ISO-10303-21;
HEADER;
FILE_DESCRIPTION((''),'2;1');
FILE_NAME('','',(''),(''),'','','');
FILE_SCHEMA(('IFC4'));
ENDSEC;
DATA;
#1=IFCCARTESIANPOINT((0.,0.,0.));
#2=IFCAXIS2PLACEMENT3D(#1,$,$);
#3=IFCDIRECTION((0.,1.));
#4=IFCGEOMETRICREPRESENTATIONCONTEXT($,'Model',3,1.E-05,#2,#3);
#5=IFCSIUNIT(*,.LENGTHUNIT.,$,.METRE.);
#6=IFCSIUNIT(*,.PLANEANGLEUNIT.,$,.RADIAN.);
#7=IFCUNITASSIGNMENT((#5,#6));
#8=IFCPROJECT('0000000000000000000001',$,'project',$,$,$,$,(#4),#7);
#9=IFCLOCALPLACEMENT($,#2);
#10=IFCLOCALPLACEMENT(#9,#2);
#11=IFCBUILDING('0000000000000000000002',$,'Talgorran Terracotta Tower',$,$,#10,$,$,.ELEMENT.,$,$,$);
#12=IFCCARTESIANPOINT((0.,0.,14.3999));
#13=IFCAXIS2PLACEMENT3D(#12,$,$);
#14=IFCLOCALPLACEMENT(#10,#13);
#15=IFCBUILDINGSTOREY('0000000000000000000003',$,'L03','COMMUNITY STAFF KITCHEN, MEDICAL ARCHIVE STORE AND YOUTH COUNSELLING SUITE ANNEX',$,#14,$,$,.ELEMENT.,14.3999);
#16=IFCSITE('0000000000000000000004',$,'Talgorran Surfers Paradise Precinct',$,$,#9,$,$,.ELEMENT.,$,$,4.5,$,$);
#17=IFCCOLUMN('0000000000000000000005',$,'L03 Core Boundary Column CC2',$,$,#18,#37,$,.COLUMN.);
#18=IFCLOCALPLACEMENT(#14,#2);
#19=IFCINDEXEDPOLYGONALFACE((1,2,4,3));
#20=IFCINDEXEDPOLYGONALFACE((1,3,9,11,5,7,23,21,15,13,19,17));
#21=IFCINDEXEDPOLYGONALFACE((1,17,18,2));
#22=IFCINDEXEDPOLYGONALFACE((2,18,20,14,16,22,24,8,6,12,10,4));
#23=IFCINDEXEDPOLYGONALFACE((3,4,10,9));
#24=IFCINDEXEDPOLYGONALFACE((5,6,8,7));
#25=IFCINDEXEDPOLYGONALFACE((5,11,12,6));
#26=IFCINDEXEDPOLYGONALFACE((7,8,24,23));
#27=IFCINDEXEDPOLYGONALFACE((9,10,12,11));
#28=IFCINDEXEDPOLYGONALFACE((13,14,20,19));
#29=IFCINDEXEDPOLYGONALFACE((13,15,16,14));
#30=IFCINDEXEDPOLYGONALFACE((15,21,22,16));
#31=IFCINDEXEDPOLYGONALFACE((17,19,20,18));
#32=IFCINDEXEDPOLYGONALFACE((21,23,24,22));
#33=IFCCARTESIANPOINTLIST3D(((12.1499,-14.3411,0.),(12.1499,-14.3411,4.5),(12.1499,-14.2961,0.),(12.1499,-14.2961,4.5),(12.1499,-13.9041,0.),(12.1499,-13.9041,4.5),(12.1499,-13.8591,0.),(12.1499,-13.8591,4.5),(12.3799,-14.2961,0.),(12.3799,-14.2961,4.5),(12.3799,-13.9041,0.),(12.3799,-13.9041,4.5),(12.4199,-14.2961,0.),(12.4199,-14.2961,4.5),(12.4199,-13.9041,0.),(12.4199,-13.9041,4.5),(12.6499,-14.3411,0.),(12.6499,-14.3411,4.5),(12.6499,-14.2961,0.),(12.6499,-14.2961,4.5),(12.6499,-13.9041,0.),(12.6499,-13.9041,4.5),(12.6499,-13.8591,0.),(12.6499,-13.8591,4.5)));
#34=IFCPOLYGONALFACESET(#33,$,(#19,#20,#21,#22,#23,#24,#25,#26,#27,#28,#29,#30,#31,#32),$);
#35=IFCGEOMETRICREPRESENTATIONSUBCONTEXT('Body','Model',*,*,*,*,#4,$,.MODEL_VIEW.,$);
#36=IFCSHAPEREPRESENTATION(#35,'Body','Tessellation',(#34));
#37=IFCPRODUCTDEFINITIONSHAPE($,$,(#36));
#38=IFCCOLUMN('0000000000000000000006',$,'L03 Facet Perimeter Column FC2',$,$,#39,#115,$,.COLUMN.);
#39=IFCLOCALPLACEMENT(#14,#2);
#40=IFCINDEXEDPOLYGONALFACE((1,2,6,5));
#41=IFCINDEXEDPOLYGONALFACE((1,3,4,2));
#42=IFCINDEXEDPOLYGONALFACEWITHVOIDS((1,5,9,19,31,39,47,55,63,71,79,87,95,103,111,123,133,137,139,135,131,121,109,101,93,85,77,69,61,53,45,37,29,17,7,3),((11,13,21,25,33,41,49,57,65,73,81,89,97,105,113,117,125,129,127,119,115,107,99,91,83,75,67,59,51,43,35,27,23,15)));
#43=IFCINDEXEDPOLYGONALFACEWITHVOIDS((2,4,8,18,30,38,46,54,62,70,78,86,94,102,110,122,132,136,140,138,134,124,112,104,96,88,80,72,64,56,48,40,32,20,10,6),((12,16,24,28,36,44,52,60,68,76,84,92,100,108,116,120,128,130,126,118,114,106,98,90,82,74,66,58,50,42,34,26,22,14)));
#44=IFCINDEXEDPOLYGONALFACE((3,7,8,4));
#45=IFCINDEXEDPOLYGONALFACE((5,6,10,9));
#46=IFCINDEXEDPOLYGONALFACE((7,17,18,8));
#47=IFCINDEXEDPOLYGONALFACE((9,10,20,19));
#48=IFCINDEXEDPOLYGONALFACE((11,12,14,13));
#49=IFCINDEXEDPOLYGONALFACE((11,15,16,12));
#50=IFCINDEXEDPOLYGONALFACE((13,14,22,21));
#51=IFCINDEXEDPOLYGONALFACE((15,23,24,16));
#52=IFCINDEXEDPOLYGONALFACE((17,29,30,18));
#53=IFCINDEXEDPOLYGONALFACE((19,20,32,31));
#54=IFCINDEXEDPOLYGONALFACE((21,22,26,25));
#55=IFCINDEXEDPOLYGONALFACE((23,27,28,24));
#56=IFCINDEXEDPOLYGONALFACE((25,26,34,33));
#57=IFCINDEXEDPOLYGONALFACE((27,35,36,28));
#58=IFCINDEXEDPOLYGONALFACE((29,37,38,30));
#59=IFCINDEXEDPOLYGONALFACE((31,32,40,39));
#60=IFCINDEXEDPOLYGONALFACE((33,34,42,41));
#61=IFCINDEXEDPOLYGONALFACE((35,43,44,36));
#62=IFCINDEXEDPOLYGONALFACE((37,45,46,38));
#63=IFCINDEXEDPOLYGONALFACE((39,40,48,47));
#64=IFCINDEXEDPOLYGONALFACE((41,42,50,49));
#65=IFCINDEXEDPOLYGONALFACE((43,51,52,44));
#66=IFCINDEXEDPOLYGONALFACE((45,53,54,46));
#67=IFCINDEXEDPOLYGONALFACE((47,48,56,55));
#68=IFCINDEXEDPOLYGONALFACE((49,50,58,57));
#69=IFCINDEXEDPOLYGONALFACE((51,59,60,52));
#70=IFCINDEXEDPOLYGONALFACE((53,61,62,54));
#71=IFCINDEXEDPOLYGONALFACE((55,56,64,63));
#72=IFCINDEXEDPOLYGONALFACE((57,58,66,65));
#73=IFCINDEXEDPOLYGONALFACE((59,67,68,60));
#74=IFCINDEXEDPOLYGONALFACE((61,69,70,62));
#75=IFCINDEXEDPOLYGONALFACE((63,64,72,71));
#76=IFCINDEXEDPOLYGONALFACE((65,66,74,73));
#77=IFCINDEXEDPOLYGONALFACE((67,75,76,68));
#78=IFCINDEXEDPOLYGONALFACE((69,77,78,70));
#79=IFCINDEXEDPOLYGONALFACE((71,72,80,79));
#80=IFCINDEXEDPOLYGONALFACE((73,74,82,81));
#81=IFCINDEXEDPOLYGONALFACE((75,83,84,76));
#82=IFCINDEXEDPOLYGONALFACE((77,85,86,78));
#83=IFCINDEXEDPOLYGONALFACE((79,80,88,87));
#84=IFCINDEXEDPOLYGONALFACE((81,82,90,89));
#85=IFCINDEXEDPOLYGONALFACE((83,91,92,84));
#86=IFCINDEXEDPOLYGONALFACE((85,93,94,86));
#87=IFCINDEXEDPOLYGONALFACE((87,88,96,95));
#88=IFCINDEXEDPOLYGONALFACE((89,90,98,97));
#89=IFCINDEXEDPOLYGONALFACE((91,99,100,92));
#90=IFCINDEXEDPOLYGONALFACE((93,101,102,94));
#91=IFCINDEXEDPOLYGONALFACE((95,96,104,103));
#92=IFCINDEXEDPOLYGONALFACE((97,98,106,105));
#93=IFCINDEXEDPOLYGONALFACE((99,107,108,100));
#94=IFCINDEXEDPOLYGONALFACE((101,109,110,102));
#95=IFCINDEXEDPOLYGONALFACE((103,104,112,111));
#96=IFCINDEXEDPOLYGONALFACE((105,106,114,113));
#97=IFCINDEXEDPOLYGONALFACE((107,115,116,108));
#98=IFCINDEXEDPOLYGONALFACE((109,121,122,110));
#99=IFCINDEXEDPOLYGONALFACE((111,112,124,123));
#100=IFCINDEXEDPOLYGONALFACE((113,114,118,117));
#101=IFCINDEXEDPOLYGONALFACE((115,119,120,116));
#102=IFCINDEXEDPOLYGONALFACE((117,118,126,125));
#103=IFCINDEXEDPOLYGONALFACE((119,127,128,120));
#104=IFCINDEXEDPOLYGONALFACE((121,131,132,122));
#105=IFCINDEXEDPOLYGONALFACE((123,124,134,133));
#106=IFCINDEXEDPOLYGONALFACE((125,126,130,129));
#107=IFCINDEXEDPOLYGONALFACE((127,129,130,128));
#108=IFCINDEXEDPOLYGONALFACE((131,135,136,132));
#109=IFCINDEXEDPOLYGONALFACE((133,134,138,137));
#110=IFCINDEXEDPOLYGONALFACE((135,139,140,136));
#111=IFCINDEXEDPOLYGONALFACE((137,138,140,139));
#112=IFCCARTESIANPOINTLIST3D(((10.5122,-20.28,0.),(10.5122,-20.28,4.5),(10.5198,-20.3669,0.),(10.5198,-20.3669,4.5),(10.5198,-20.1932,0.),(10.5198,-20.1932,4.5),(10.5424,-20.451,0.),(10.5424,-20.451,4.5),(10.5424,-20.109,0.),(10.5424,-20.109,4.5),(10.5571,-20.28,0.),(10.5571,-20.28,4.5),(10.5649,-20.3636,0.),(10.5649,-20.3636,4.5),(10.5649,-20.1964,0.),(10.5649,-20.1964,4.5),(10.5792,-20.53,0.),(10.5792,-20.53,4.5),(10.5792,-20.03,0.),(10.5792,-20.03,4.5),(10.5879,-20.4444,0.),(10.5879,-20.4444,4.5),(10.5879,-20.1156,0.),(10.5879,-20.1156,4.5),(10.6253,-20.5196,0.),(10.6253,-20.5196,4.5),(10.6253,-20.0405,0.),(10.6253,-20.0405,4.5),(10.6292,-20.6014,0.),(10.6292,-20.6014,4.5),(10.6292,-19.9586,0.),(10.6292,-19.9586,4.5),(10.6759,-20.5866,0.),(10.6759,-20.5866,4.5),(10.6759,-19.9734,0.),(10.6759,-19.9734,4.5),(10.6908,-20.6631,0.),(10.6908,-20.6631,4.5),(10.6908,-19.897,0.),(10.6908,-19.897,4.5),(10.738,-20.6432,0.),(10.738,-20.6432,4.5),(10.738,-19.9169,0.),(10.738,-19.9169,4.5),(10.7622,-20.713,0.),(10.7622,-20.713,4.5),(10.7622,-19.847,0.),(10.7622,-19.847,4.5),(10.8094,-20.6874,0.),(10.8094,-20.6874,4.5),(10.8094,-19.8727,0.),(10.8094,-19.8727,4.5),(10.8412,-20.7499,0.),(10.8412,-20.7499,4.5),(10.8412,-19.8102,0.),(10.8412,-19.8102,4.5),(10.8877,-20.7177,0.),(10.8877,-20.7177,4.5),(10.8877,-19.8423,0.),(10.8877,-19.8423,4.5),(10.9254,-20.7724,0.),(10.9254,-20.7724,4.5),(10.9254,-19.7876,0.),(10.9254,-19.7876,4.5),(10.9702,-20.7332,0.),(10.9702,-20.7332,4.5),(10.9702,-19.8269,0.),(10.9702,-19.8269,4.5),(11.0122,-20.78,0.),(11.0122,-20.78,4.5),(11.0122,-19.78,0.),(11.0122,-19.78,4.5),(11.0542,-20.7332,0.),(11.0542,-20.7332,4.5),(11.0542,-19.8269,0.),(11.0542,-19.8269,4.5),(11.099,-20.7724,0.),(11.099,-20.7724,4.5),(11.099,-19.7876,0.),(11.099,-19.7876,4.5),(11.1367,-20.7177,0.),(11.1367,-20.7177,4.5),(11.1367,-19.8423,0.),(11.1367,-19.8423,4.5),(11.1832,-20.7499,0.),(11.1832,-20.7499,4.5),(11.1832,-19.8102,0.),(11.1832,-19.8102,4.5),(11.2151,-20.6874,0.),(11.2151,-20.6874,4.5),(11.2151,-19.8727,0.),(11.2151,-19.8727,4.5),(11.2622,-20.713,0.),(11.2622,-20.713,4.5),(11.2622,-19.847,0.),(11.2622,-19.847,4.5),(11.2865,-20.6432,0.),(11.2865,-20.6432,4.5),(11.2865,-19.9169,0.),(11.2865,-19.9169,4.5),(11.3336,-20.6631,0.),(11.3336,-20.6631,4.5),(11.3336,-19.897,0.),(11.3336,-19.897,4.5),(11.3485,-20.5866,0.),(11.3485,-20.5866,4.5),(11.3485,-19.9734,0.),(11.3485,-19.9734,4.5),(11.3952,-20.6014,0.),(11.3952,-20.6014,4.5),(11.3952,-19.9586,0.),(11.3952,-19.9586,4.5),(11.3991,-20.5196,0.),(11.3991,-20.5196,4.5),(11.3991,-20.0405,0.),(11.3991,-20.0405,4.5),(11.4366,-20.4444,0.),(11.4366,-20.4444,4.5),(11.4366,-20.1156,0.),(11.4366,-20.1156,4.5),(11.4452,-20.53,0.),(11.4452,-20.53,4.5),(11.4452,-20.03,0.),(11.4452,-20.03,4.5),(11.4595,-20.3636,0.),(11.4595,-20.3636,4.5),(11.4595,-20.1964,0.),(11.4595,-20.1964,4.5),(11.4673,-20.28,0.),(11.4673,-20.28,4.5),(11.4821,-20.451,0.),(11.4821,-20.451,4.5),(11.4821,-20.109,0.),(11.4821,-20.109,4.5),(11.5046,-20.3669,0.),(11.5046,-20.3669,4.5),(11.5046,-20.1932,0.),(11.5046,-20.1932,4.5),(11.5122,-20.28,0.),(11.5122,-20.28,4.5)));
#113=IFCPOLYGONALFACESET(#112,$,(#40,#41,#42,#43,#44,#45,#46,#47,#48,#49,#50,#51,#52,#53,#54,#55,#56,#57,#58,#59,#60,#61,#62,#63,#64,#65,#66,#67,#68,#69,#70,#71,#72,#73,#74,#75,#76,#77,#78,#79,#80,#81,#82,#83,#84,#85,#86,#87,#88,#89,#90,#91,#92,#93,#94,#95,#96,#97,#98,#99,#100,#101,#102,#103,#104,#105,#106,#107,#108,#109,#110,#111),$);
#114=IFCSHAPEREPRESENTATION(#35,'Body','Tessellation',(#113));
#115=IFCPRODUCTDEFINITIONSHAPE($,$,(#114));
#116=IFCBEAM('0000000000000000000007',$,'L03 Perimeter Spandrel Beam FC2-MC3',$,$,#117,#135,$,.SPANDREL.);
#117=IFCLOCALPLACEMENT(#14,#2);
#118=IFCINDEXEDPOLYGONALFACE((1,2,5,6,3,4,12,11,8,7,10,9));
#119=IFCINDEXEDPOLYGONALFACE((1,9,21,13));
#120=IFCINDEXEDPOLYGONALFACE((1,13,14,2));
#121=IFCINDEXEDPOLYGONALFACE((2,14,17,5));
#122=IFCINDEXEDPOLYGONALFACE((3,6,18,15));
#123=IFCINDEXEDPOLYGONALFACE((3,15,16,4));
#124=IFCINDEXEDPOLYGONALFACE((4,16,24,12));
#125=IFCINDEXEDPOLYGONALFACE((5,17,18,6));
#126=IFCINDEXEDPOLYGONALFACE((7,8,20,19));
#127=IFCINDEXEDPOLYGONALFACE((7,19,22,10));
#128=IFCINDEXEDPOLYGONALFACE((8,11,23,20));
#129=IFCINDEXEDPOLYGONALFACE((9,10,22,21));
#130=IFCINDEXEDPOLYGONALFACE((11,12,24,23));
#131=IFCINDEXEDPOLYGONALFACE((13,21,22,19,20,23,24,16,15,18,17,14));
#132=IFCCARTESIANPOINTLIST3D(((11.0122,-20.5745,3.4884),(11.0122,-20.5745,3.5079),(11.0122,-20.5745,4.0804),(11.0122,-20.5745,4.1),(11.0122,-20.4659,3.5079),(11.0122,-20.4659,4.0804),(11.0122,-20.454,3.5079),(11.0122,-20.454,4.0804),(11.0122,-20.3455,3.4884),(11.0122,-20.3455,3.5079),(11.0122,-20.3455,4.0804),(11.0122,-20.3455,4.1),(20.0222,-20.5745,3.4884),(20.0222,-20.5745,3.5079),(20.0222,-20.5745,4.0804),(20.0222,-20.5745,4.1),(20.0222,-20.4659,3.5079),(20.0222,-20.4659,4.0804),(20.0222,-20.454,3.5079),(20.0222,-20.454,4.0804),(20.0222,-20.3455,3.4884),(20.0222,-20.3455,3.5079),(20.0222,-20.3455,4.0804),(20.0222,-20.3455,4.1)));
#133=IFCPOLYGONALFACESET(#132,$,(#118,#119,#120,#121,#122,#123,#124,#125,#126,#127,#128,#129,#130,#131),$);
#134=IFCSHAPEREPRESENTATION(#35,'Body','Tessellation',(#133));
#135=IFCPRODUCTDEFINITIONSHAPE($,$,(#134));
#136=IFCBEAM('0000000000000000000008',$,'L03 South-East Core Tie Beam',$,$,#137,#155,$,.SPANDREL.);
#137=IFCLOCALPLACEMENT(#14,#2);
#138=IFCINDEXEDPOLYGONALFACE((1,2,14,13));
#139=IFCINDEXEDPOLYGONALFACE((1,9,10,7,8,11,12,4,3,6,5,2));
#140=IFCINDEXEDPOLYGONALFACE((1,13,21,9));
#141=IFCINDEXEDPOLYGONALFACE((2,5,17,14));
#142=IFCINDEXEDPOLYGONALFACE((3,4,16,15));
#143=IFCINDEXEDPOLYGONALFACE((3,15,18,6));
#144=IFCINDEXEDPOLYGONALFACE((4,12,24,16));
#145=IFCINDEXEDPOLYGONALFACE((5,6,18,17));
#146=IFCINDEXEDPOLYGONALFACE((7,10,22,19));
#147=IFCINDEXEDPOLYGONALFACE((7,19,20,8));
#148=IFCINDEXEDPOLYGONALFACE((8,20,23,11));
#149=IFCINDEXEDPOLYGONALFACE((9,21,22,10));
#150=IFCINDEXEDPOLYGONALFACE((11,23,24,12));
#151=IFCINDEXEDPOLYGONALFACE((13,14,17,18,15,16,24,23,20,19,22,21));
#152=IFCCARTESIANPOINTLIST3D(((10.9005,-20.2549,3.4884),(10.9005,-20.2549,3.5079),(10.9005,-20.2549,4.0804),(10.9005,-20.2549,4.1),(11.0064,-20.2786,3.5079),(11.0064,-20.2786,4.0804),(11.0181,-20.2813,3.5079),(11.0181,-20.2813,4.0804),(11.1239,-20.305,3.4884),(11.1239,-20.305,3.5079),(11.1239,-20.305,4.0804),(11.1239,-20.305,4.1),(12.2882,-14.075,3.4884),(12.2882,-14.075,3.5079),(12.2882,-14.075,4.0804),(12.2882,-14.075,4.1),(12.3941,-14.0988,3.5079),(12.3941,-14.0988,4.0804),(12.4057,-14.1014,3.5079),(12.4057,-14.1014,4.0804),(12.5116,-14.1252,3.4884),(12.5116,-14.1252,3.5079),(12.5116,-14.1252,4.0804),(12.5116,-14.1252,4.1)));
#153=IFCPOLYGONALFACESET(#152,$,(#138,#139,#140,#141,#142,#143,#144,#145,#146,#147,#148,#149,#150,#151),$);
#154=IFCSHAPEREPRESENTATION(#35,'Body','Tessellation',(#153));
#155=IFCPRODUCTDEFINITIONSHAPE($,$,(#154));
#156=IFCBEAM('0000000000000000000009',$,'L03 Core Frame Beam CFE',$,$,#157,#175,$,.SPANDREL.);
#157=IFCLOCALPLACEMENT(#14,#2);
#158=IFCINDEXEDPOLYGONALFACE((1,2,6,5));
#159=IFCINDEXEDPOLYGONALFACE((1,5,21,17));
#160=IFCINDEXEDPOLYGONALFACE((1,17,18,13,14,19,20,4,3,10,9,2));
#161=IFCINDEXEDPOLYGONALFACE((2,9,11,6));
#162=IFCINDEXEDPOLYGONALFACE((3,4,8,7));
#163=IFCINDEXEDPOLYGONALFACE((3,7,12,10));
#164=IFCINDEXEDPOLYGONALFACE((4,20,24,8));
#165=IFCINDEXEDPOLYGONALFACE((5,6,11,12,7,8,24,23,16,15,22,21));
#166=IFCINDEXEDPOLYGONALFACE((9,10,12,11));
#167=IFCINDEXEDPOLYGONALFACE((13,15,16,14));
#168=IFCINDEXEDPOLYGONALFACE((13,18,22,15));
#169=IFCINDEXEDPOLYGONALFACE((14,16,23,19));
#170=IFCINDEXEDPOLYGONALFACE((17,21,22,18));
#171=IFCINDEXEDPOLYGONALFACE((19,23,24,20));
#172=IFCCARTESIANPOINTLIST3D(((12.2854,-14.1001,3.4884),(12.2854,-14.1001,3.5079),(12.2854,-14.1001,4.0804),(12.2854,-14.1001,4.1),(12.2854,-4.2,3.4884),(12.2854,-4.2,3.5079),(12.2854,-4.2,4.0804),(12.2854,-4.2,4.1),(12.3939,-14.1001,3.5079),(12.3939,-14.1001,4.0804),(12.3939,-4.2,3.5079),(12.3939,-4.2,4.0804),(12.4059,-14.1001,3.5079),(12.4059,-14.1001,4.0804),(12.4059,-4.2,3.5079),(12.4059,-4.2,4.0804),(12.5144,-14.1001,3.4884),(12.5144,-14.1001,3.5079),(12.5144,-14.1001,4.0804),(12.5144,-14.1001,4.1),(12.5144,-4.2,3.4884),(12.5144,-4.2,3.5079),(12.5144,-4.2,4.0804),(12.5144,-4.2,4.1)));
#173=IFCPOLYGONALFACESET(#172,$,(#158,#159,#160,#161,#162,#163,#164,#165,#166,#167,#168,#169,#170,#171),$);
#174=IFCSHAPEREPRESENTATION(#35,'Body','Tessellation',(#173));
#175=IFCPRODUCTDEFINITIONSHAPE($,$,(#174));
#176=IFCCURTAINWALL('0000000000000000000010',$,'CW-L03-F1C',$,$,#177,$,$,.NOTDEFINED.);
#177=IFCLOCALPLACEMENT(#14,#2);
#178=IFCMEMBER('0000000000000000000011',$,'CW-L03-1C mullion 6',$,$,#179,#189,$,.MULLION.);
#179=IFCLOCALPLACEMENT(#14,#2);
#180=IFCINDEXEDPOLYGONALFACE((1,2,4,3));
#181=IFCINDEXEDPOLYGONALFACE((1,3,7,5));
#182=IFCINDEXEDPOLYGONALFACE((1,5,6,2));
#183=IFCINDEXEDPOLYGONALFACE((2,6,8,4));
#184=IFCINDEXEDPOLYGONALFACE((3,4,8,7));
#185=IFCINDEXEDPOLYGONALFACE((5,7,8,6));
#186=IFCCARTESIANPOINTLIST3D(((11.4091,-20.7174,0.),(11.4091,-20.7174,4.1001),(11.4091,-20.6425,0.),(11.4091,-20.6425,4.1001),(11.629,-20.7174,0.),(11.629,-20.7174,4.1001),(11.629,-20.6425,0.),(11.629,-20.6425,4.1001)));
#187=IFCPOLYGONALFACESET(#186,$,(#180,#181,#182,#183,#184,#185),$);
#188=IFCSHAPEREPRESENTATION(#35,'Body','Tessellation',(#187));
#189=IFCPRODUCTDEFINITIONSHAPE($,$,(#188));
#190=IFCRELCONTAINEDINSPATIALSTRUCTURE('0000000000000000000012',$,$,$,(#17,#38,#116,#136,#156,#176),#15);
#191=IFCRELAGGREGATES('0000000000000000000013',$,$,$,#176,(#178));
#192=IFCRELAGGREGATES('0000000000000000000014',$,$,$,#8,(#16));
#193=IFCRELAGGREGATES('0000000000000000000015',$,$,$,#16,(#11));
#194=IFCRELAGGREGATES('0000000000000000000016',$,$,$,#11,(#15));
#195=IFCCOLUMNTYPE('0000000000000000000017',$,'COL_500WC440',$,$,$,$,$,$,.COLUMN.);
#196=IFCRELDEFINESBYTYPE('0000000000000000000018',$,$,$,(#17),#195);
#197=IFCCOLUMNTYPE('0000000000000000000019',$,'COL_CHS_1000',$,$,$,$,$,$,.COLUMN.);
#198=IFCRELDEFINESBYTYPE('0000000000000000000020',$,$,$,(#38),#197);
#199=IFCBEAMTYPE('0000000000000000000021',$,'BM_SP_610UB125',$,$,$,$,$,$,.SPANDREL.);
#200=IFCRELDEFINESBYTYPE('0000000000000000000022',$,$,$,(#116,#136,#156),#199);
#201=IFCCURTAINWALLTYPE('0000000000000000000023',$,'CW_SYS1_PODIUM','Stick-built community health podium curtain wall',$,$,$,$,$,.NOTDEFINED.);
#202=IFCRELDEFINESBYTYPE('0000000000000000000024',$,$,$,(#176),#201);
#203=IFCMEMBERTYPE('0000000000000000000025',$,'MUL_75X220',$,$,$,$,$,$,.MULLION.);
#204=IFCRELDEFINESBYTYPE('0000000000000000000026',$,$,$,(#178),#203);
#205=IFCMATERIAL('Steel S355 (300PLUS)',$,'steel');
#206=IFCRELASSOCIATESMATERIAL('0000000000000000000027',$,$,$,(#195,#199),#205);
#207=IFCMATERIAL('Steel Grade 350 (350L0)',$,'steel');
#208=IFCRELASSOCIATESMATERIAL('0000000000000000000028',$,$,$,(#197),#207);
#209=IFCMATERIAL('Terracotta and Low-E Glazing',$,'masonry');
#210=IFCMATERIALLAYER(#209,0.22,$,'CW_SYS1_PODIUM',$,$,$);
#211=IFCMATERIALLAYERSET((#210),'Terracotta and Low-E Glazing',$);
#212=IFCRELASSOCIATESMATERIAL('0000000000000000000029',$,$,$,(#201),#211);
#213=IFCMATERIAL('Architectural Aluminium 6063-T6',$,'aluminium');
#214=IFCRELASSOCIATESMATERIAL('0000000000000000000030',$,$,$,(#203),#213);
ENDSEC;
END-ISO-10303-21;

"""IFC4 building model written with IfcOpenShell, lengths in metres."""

from ifc_helpers import new_model, si_unit, direction, frame, origin, origin_2d, place, context, subcontext, project, spatial, rectangle, hollow_circle, i_section, extrude, material, layer, layer_set, material_profile, profile_set, type_object, element, aggregate, save


model = new_model("IFC4")

# Units and contexts
model_context = context("Model", 3, precision=1e-05, world=origin(), true_north=direction((0.0, 1.0)))
body_context = subcontext(model_context, "Body", "Model", "MODEL_VIEW")
ifc_project = project(units=[si_unit("LENGTHUNIT", "METRE"), si_unit("PLANEANGLEUNIT", "RADIAN")], contexts=[model_context])

# Site, building, storey
site_placement = place(None, origin())
site = spatial("IfcSite", under=ifc_project, at=site_placement, Name="Talgorran Surfers Paradise Precinct", CompositionType="ELEMENT", RefElevation=4.5)
building_placement = place(site_placement, origin())
building = spatial("IfcBuilding", under=site, at=building_placement, Name="Talgorran Terracotta Tower", CompositionType="ELEMENT")
storey_placement = place(building_placement, frame((0.0, 0.0, 14.3999)))
storey = spatial("IfcBuildingStorey", under=building, at=storey_placement, Name="L03", Description="COMMUNITY STAFF KITCHEN, MEDICAL ARCHIVE STORE AND YOUTH COUNSELLING SUITE ANNEX", CompositionType="ELEMENT", Elevation=14.3999)

# Columns
ifc_material_1 = material(Name="Steel S355 (300PLUS)", Category="steel")
ifc_material_profile_1 = material_profile(ifc_material_1, i_section(OverallWidth=0.5, OverallDepth=0.4819, WebThickness=0.04, FlangeThickness=0.0449, at=origin_2d()), Name="500WC440")
ifc_profile_set_1 = profile_set([ifc_material_profile_1], Name="Steel S355 (300PLUS)")
column_type_1 = type_object("IfcColumnType", Name="COL_500WC440", PredefinedType="COLUMN", material=ifc_profile_set_1)
column_1_placement = place(storey_placement, frame((12.3999, -14.1001, 0.0), z_axis=(0.0, 0.0, 1.0), x_axis=(1.0, 0.0, 0.0)))
element("IfcColumn", 1, at=column_1_placement, inside=storey, type_object=column_type_1, Name="L03 Core Boundary Column CC2", PredefinedType="COLUMN", context=body_context, shape_type="SweptSolid", body=[
    extrude(i_section(OverallWidth=0.5, OverallDepth=0.4819, WebThickness=0.04, FlangeThickness=0.0449, at=origin_2d()), origin(), (0.0, 0.0, 1.0), 4.5),
])
ifc_material_2 = material(Name="Steel Grade 350 (350L0)", Category="steel")
ifc_material_profile_2 = material_profile(ifc_material_2, hollow_circle(Radius=0.5, WallThickness=0.0449, at=origin_2d()), Name="CHS1000X45")
ifc_profile_set_2 = profile_set([ifc_material_profile_2], Name="Steel Grade 350 (350L0)")
column_type_2 = type_object("IfcColumnType", Name="COL_CHS_1000", PredefinedType="COLUMN", material=ifc_profile_set_2)
column_2_placement = place(storey_placement, frame((11.0122, -20.28, 0.0), z_axis=(0.0, 0.0, 1.0), x_axis=(1.0, 0.0, 0.0)))
element("IfcColumn", 2, at=column_2_placement, inside=storey, type_object=column_type_2, Name="L03 Facet Perimeter Column FC2", PredefinedType="COLUMN", context=body_context, shape_type="SweptSolid", body=[
    extrude(hollow_circle(Radius=0.5, WallThickness=0.0449, at=origin_2d()), origin(), (0.0, 0.0, 1.0), 4.5),
])

# Beams
ifc_material_profile_3 = material_profile(ifc_material_1, i_section(OverallWidth=0.229, OverallDepth=0.6116, WebThickness=0.012, FlangeThickness=0.0195, at=origin_2d()), Name="610UB125")
ifc_profile_set_3 = profile_set([ifc_material_profile_3], Name="Steel S355 (300PLUS)")
beam_type = type_object("IfcBeamType", Name="BM_SP_610UB125", PredefinedType="SPANDREL", material=ifc_profile_set_3)
beam_1_placement = place(storey_placement, frame((11.0122, -20.46, 3.7942), z_axis=(1.0, 0.0, 0.0), x_axis=(0.0, 1.0, 0.0)))
element("IfcBeam", 3, at=beam_1_placement, inside=storey, type_object=beam_type, Name="L03 Perimeter Spandrel Beam FC2-MC3", PredefinedType="SPANDREL", context=body_context, shape_type="SweptSolid", body=[
    extrude(i_section(OverallWidth=0.229, OverallDepth=0.6116, WebThickness=0.012, FlangeThickness=0.0195, at=origin_2d()), origin(), (0.0, 0.0, 1.0), 9.01),
])
beam_2_placement = place(storey_placement, frame((12.3999, -14.1001, 3.7942), z_axis=(-0.219093, -0.975704, 0.0), x_axis=(0.975704, -0.219093, 0.0)))
element("IfcBeam", 4, at=beam_2_placement, inside=storey, type_object=beam_type, Name="L03 South-East Core Tie Beam", PredefinedType="SPANDREL", context=body_context, shape_type="SweptSolid", body=[
    extrude(i_section(OverallWidth=0.229, OverallDepth=0.6116, WebThickness=0.012, FlangeThickness=0.0195, at=origin_2d()), origin(), (0.0, 0.0, 1.0), 6.3337),
])
beam_3_placement = place(storey_placement, frame((12.3999, -14.1001, 3.7942), z_axis=(0.0, 1.0, 0.0), x_axis=(-1.0, 0.0, 0.0)))
element("IfcBeam", 5, at=beam_3_placement, inside=storey, type_object=beam_type, Name="L03 Core Frame Beam CFE", PredefinedType="SPANDREL", context=body_context, shape_type="SweptSolid", body=[
    extrude(i_section(OverallWidth=0.229, OverallDepth=0.6116, WebThickness=0.012, FlangeThickness=0.0195, at=origin_2d()), origin(), (0.0, 0.0, 1.0), 9.9001),
])

# Curtain wall, member
ifc_material_3 = material(Name="Terracotta and Low-E Glazing", Category="masonry")
ifc_layer_1 = layer(ifc_material_3, 0.22, Name="CW_SYS1_PODIUM")
ifc_layer_set_1 = layer_set([ifc_layer_1], Name="Terracotta and Low-E Glazing")
curtain_wall_type = type_object("IfcCurtainWallType", Name="CW_SYS1_PODIUM", Description="Stick-built community health podium curtain wall", PredefinedType="NOTDEFINED", material=ifc_layer_set_1)
curtain_wall_placement = place(storey_placement, origin())
curtain_wall = element("IfcCurtainWall", 6, at=curtain_wall_placement, inside=storey, type_object=curtain_wall_type, Name="CW-L03-F1C", PredefinedType="NOTDEFINED")
ifc_material_4 = material(Name="Architectural Aluminium 6063-T6", Category="aluminium")
ifc_material_profile_4 = material_profile(ifc_material_4, rectangle(XDim=0.075, YDim=0.22, at=origin_2d()), Name="CWM75X220")
ifc_profile_set_4 = profile_set([ifc_material_profile_4], Name="Architectural Aluminium 6063-T6")
member_type_1 = type_object("IfcMemberType", Name="MUL_75X220", PredefinedType="MULLION", material=ifc_profile_set_4)
member_1_placement = place(storey_placement, frame((11.519, -20.6799, 0.0), z_axis=(0.0, 0.0, 1.0), x_axis=(0.0, 1.0, 0.0)))
member_1 = element("IfcMember", 7, at=member_1_placement, type_object=member_type_1, Name="CW-L03-1C mullion 6", PredefinedType="MULLION", context=body_context, shape_type="SweptSolid", body=[
    extrude(rectangle(XDim=0.075, YDim=0.22, at=origin_2d()), origin(), (0.0, 0.0, 1.0), 4.1001),
])
aggregate(curtain_wall, [member_1])

save(model, "model.ifc")
